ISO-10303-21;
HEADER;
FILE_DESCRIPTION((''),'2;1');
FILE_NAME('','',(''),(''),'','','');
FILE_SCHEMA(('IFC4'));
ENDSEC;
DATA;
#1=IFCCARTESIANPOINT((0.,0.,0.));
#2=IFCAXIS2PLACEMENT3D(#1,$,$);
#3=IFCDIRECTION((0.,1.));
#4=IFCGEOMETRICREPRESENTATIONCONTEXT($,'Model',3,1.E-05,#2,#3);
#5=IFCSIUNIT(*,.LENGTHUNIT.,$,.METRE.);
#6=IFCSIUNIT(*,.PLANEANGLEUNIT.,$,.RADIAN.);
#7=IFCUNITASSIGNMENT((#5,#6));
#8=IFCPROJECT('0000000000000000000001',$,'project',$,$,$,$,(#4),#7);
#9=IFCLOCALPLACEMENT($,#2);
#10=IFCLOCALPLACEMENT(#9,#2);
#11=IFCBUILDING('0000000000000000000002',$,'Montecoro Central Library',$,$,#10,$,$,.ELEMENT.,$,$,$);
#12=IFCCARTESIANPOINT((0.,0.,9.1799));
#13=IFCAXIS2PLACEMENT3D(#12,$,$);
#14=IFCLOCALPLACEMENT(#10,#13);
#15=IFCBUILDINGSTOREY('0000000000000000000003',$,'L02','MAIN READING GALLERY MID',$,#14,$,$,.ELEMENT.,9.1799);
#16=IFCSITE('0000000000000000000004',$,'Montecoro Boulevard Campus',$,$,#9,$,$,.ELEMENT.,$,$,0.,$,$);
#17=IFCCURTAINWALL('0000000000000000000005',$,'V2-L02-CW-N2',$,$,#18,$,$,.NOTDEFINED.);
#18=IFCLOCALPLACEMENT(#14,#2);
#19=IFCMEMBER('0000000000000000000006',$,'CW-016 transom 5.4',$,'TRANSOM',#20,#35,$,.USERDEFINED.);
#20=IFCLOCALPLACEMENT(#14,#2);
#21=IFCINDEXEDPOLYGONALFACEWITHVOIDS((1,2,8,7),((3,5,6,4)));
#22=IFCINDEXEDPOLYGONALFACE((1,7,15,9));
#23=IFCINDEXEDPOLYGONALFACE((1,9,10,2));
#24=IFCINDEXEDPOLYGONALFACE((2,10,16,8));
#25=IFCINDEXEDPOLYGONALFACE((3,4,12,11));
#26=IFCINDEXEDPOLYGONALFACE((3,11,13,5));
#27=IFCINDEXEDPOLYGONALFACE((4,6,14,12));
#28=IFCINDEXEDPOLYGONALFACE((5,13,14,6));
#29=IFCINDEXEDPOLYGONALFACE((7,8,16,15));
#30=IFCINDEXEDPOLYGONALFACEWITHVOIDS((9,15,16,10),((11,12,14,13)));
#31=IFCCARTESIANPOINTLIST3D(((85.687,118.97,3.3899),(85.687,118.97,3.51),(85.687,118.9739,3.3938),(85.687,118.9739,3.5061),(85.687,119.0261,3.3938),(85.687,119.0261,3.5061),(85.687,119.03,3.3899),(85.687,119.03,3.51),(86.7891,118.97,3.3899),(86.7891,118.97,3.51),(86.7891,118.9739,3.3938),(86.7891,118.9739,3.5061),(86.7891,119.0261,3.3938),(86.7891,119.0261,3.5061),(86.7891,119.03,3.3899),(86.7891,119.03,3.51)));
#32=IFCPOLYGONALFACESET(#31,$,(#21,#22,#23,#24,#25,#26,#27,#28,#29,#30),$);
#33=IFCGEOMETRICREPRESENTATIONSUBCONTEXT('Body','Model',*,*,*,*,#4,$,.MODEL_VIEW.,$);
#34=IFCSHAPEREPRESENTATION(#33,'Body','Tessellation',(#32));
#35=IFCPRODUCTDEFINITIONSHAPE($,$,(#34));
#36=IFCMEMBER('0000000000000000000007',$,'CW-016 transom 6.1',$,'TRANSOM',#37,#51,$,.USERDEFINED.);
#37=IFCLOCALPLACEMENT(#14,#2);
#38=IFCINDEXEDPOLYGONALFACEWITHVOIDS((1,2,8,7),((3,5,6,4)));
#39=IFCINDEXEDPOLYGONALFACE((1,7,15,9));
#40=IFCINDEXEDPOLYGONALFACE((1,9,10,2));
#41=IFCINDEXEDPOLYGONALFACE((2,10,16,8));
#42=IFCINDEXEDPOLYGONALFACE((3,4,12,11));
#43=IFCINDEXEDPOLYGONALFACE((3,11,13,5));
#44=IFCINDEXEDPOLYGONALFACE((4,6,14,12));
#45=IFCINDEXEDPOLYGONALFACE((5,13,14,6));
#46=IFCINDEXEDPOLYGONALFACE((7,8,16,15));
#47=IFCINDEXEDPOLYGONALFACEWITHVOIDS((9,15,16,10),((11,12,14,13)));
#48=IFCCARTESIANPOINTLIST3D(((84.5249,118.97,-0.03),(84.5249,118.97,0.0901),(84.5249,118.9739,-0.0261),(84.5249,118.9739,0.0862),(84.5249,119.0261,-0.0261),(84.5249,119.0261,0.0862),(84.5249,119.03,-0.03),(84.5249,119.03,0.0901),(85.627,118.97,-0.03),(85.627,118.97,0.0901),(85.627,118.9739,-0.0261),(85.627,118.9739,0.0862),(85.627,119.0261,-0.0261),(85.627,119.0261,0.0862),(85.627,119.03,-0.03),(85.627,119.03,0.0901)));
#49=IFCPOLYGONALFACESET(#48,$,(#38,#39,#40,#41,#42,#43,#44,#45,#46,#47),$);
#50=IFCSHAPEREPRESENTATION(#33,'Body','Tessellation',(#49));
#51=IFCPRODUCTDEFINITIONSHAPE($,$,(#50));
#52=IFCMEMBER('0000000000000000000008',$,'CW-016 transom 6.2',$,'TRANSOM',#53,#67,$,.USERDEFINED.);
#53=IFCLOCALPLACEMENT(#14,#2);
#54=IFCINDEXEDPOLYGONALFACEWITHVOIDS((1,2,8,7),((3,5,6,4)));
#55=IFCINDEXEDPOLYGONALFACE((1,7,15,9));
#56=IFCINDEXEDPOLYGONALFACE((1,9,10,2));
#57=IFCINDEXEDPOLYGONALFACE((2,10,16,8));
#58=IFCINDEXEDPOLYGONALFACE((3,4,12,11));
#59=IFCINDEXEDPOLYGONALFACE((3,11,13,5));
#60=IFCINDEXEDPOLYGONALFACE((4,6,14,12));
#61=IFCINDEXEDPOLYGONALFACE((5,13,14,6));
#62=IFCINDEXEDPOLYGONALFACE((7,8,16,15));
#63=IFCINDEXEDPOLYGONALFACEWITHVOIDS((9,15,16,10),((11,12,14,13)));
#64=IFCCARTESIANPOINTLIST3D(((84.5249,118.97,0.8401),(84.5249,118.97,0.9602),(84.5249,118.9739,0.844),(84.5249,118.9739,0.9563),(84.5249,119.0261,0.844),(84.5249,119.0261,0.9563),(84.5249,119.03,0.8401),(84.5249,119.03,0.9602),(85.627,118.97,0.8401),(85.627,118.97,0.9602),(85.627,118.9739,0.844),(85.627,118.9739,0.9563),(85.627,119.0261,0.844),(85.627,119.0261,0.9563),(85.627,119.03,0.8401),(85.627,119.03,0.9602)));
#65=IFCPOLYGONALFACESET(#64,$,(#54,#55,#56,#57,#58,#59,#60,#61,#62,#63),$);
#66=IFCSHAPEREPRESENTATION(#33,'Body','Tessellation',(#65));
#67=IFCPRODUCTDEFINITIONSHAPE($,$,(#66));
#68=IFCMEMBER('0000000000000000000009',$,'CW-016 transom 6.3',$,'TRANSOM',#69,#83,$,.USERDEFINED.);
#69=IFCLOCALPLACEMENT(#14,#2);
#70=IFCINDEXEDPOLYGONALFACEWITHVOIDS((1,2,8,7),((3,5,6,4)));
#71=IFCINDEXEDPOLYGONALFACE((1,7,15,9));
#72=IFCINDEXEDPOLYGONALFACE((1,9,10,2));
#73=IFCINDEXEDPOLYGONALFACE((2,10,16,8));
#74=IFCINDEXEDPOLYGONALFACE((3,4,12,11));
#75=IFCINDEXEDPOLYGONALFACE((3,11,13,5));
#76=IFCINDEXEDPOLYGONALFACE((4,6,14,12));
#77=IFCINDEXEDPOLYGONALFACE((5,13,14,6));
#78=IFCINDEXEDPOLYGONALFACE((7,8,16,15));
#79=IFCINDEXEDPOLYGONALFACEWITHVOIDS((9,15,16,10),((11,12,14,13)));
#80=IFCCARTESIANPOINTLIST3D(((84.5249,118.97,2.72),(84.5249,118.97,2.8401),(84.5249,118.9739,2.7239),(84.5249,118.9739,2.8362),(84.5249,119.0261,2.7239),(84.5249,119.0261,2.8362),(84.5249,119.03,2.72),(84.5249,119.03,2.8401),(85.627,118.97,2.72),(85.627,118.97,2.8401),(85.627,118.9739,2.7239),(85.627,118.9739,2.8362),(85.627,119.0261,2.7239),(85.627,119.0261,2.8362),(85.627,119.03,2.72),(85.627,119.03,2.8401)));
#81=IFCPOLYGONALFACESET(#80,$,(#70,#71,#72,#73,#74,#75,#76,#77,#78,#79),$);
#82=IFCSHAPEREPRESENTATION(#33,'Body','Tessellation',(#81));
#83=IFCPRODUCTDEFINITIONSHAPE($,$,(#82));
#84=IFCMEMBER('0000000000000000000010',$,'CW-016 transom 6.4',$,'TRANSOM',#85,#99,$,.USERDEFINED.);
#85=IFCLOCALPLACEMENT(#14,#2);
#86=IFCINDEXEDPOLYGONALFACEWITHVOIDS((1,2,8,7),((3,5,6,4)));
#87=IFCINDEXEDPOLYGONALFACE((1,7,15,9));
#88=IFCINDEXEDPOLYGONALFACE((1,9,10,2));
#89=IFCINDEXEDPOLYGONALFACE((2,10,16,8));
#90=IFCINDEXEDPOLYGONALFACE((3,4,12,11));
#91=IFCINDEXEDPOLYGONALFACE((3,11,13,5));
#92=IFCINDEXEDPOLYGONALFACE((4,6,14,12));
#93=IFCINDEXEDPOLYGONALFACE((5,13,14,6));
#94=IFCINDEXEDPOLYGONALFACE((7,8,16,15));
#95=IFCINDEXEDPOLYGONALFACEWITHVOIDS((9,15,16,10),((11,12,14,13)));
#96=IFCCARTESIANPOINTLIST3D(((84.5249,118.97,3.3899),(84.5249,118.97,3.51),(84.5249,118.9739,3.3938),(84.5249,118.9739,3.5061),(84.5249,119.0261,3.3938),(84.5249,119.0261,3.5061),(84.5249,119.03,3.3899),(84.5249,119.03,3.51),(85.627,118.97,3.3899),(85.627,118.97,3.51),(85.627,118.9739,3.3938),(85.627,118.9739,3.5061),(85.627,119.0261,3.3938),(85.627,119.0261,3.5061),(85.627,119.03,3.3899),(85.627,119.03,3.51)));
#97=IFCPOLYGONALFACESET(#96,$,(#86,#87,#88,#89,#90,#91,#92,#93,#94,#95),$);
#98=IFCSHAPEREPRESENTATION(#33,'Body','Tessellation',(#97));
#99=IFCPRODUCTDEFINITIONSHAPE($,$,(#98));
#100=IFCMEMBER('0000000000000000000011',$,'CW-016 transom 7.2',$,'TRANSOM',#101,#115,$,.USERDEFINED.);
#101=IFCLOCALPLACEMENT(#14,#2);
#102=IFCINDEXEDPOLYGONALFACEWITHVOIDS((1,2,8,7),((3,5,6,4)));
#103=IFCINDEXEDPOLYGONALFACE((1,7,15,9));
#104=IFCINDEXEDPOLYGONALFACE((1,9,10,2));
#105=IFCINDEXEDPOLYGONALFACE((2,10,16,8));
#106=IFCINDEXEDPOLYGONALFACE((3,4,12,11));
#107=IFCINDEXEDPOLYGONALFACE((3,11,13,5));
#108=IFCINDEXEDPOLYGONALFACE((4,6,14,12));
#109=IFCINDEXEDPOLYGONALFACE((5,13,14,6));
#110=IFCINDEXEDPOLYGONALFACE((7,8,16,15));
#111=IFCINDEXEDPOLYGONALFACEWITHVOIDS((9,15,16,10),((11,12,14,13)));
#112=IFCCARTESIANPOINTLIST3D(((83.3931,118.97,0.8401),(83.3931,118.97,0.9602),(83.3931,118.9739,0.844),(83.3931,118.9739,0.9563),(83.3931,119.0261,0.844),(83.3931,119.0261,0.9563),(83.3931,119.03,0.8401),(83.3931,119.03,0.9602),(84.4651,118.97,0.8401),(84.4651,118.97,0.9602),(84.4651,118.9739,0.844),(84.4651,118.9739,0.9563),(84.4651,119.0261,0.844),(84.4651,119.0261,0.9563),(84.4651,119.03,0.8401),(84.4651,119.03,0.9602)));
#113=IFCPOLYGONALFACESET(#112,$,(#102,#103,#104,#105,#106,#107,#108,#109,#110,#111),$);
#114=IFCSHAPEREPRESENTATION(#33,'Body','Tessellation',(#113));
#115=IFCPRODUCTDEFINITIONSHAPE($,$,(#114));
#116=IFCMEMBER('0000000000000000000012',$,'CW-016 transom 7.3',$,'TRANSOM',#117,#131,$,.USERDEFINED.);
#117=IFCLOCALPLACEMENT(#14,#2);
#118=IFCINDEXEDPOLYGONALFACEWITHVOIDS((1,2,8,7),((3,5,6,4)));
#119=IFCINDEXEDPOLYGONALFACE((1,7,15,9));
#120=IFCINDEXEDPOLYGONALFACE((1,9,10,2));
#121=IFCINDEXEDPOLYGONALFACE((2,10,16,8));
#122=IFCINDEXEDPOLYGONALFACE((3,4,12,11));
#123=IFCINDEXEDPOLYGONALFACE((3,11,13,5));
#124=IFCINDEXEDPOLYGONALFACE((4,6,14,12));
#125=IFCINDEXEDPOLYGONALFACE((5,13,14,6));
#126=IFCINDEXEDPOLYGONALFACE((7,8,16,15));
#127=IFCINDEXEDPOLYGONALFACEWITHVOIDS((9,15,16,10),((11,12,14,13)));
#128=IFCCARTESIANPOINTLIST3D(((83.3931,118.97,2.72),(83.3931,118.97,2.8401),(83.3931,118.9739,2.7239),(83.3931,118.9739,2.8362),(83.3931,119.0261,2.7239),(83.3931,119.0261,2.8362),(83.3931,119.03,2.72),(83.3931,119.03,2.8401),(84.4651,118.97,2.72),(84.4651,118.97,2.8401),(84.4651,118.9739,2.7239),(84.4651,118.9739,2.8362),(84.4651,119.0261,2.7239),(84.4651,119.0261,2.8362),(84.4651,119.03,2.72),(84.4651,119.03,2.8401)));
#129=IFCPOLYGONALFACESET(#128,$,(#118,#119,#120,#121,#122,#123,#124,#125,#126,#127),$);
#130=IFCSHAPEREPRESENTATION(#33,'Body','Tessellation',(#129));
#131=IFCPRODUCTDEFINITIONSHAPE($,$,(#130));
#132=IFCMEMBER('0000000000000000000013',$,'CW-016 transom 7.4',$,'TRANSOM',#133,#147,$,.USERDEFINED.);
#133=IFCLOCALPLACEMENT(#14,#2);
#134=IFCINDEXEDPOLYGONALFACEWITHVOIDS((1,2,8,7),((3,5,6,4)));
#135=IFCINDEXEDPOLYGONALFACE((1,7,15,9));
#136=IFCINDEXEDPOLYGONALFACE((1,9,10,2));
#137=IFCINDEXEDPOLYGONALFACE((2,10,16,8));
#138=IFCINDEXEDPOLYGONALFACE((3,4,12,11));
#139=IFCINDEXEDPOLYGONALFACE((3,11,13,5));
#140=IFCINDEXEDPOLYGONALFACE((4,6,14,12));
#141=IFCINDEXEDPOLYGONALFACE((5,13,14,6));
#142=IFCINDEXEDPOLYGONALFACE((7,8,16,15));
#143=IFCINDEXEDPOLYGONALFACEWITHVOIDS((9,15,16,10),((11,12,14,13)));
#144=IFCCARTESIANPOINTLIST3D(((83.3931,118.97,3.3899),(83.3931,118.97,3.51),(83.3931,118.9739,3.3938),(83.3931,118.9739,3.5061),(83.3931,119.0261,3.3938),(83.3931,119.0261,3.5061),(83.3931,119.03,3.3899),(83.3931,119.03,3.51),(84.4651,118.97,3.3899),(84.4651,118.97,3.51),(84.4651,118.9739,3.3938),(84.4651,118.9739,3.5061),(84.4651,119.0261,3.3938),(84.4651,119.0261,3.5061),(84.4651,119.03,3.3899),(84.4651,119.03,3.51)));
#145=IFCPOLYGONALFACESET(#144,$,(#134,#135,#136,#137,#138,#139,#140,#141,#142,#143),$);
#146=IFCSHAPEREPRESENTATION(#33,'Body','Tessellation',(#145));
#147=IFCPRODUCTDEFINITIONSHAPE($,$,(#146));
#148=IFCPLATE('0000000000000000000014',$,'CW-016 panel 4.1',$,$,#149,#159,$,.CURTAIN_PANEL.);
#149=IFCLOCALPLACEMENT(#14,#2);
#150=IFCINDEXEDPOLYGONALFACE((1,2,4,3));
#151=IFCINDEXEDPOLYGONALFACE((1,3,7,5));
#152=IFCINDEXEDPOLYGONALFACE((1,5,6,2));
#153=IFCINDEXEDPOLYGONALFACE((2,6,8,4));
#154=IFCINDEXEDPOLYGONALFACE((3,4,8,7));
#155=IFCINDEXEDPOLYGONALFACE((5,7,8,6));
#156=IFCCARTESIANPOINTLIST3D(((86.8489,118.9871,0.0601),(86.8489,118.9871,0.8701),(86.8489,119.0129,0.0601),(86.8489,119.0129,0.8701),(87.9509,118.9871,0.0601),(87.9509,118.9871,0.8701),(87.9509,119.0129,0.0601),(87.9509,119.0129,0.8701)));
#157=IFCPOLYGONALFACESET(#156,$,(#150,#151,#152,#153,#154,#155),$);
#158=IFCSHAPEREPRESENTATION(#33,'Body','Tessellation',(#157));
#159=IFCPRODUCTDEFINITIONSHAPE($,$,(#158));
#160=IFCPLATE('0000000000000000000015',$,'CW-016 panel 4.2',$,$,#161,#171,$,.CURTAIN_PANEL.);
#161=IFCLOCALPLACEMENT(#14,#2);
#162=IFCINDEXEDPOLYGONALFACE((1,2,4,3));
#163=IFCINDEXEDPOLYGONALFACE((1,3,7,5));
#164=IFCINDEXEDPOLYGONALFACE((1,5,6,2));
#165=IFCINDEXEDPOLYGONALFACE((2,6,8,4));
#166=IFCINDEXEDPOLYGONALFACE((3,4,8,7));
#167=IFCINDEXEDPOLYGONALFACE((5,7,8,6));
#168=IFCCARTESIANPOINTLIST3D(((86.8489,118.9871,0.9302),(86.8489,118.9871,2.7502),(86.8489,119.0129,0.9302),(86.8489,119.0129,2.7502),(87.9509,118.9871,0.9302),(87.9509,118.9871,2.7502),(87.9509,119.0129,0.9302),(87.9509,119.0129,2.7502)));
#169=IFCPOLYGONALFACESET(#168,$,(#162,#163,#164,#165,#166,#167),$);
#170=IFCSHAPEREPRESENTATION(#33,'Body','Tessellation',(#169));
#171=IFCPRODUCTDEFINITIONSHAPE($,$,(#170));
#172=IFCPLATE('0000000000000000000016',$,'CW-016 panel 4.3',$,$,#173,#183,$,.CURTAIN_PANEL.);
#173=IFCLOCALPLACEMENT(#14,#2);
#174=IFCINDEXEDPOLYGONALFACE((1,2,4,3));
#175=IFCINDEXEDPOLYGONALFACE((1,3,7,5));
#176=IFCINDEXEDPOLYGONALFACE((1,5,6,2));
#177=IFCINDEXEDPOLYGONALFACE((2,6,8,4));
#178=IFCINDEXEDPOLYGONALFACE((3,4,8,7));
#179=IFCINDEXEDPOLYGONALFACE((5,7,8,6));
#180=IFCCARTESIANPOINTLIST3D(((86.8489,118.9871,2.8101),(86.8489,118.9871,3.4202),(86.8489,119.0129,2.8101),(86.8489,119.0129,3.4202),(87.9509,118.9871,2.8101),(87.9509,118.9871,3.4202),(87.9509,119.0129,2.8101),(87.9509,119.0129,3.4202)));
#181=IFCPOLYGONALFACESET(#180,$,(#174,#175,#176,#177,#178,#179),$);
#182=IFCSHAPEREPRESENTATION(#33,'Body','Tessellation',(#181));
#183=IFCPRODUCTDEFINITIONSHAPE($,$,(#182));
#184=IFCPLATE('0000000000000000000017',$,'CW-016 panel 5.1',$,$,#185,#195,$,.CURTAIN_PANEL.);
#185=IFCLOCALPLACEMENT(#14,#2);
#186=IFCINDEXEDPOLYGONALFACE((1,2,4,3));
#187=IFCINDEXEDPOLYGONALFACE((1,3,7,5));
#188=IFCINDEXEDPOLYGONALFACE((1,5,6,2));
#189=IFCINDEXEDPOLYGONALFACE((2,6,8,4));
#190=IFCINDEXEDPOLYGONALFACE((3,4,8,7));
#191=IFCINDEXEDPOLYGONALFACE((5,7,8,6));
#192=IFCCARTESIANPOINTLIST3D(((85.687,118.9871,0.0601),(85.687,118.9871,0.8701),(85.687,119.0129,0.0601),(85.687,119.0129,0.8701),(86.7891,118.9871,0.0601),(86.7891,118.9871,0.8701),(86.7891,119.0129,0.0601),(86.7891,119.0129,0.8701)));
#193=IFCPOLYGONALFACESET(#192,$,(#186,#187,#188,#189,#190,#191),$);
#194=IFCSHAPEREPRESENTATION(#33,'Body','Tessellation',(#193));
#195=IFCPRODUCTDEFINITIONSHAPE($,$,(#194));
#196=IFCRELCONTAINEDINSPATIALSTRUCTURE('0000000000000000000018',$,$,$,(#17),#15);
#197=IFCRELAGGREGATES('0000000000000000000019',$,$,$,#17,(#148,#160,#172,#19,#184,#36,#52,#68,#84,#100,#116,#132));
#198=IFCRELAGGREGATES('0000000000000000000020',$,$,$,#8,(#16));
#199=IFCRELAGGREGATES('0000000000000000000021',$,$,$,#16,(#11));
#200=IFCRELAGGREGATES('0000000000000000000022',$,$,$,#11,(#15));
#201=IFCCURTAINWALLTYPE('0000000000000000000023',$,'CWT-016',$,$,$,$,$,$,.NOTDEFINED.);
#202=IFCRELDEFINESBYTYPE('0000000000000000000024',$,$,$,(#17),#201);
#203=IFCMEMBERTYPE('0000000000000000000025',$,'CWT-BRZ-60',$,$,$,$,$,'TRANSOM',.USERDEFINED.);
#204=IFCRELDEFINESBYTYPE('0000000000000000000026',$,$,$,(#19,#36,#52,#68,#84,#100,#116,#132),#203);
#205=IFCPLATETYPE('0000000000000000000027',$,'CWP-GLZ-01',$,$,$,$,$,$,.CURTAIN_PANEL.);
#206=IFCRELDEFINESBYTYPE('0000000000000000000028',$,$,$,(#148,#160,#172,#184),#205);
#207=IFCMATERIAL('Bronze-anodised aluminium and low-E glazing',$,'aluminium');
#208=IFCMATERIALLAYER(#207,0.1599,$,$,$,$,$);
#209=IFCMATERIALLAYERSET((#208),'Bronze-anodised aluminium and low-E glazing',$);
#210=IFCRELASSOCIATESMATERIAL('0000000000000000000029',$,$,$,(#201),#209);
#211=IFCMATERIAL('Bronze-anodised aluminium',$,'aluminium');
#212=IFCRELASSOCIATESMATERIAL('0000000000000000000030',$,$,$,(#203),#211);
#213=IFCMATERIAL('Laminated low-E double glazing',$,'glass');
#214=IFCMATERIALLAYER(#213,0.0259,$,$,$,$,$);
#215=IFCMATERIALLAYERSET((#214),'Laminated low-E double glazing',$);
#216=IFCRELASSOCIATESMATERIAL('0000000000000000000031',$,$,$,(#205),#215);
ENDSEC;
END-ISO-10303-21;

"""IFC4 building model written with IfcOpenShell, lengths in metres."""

from ifc_helpers import new_model, si_unit, direction, frame, origin, origin_2d, place, context, subcontext, project, spatial, rectangle, hollow_rectangle, extrude, material, layer, layer_set, material_profile, profile_set, type_object, element, aggregate, save


model = new_model("IFC4")

# Units and contexts
model_context = context("Model", 3, precision=1e-05, world=origin(), true_north=direction((0.0, 1.0)))
body_context = subcontext(model_context, "Body", "Model", "MODEL_VIEW")
ifc_project = project(units=[si_unit("LENGTHUNIT", "METRE"), si_unit("PLANEANGLEUNIT", "RADIAN")], contexts=[model_context])

# Site, building, storey
site_placement = place(None, origin())
site = spatial("IfcSite", under=ifc_project, at=site_placement, Name="Montecoro Boulevard Campus", CompositionType="ELEMENT", RefElevation=0.0)
building_placement = place(site_placement, origin())
building = spatial("IfcBuilding", under=site, at=building_placement, Name="Montecoro Central Library", CompositionType="ELEMENT")
storey_placement = place(building_placement, frame((0.0, 0.0, 9.1799)))
storey = spatial("IfcBuildingStorey", under=building, at=storey_placement, Name="L02", Description="MAIN READING GALLERY MID", CompositionType="ELEMENT", Elevation=9.1799)

# Curtain wall, members, plates
ifc_material_1 = material(Name="Bronze-anodised aluminium and low-E glazing", Category="aluminium")
ifc_layer_1 = layer(ifc_material_1, 0.1599)
ifc_layer_set_1 = layer_set([ifc_layer_1], Name="Bronze-anodised aluminium and low-E glazing")
curtain_wall_type = type_object("IfcCurtainWallType", Name="CWT-016", PredefinedType="NOTDEFINED", material=ifc_layer_set_1)
curtain_wall_placement = place(storey_placement, origin())
curtain_wall = element("IfcCurtainWall", 1, at=curtain_wall_placement, inside=storey, type_object=curtain_wall_type, Name="V2-L02-CW-N2", PredefinedType="NOTDEFINED")
ifc_material_2 = material(Name="Bronze-anodised aluminium", Category="aluminium")
ifc_material_profile_1 = material_profile(ifc_material_2, hollow_rectangle(XDim=0.0601, YDim=0.1201, WallThickness=0.0039, at=origin_2d()), Name="CWT 120x60x4.0")
ifc_profile_set_1 = profile_set([ifc_material_profile_1], Name="Bronze-anodised aluminium")
member_type_1 = type_object("IfcMemberType", Name="CWT-BRZ-60", ElementType="TRANSOM", PredefinedType="USERDEFINED", material=ifc_profile_set_1)
member_1_placement = place(storey_placement, frame((86.7891, 119.0, 3.45), z_axis=(-1.0, 0.0, 0.0), x_axis=(0.0, -1.0, 0.0)))
member_1 = element("IfcMember", 2, at=member_1_placement, type_object=member_type_1, Name="CW-016 transom 5.4", ObjectType="TRANSOM", PredefinedType="USERDEFINED", context=body_context, shape_type="SweptSolid", body=[
    extrude(hollow_rectangle(XDim=0.0601, YDim=0.1201, WallThickness=0.0039, at=origin_2d()), origin(), (0.0, 0.0, 1.0), 1.1021),
])
member_2_placement = place(storey_placement, frame((85.627, 119.0, 0.03), z_axis=(-1.0, 0.0, 0.0), x_axis=(0.0, -1.0, 0.0)))
member_2 = element("IfcMember", 3, at=member_2_placement, type_object=member_type_1, Name="CW-016 transom 6.1", ObjectType="TRANSOM", PredefinedType="USERDEFINED", context=body_context, shape_type="SweptSolid", body=[
    extrude(hollow_rectangle(XDim=0.0601, YDim=0.1201, WallThickness=0.0039, at=origin_2d()), origin(), (0.0, 0.0, 1.0), 1.1021),
])
member_3_placement = place(storey_placement, frame((85.627, 119.0, 0.9001), z_axis=(-1.0, 0.0, 0.0), x_axis=(0.0, -1.0, 0.0)))
member_3 = element("IfcMember", 4, at=member_3_placement, type_object=member_type_1, Name="CW-016 transom 6.2", ObjectType="TRANSOM", PredefinedType="USERDEFINED", context=body_context, shape_type="SweptSolid", body=[
    extrude(hollow_rectangle(XDim=0.0601, YDim=0.1201, WallThickness=0.0039, at=origin_2d()), origin(), (0.0, 0.0, 1.0), 1.1021),
])
member_4_placement = place(storey_placement, frame((85.627, 119.0, 2.78), z_axis=(-1.0, 0.0, 0.0), x_axis=(0.0, -1.0, 0.0)))
member_4 = element("IfcMember", 5, at=member_4_placement, type_object=member_type_1, Name="CW-016 transom 6.3", ObjectType="TRANSOM", PredefinedType="USERDEFINED", context=body_context, shape_type="SweptSolid", body=[
    extrude(hollow_rectangle(XDim=0.0601, YDim=0.1201, WallThickness=0.0039, at=origin_2d()), origin(), (0.0, 0.0, 1.0), 1.1021),
])
member_5_placement = place(storey_placement, frame((85.627, 119.0, 3.45), z_axis=(-1.0, 0.0, 0.0), x_axis=(0.0, -1.0, 0.0)))
member_5 = element("IfcMember", 6, at=member_5_placement, type_object=member_type_1, Name="CW-016 transom 6.4", ObjectType="TRANSOM", PredefinedType="USERDEFINED", context=body_context, shape_type="SweptSolid", body=[
    extrude(hollow_rectangle(XDim=0.0601, YDim=0.1201, WallThickness=0.0039, at=origin_2d()), origin(), (0.0, 0.0, 1.0), 1.1021),
])
member_6_placement = place(storey_placement, frame((84.4651, 119.0, 0.9001), z_axis=(-1.0, 0.0, 0.0), x_axis=(0.0, -1.0, 0.0)))
member_6 = element("IfcMember", 7, at=member_6_placement, type_object=member_type_1, Name="CW-016 transom 7.2", ObjectType="TRANSOM", PredefinedType="USERDEFINED", context=body_context, shape_type="SweptSolid", body=[
    extrude(hollow_rectangle(XDim=0.0601, YDim=0.1201, WallThickness=0.0039, at=origin_2d()), origin(), (0.0, 0.0, 1.0), 1.072),
])
member_7_placement = place(storey_placement, frame((84.4651, 119.0, 2.78), z_axis=(-1.0, 0.0, 0.0), x_axis=(0.0, -1.0, 0.0)))
member_7 = element("IfcMember", 8, at=member_7_placement, type_object=member_type_1, Name="CW-016 transom 7.3", ObjectType="TRANSOM", PredefinedType="USERDEFINED", context=body_context, shape_type="SweptSolid", body=[
    extrude(hollow_rectangle(XDim=0.0601, YDim=0.1201, WallThickness=0.0039, at=origin_2d()), origin(), (0.0, 0.0, 1.0), 1.072),
])
member_8_placement = place(storey_placement, frame((84.4651, 119.0, 3.45), z_axis=(-1.0, 0.0, 0.0), x_axis=(0.0, -1.0, 0.0)))
member_8 = element("IfcMember", 9, at=member_8_placement, type_object=member_type_1, Name="CW-016 transom 7.4", ObjectType="TRANSOM", PredefinedType="USERDEFINED", context=body_context, shape_type="SweptSolid", body=[
    extrude(hollow_rectangle(XDim=0.0601, YDim=0.1201, WallThickness=0.0039, at=origin_2d()), origin(), (0.0, 0.0, 1.0), 1.072),
])
ifc_material_3 = material(Name="Laminated low-E double glazing", Category="glass")
ifc_layer_2 = layer(ifc_material_3, 0.0259)
ifc_layer_set_2 = layer_set([ifc_layer_2], Name="Laminated low-E double glazing")
plate_type = type_object("IfcPlateType", Name="CWP-GLZ-01", PredefinedType="CURTAIN_PANEL", material=ifc_layer_set_2)
plate_1_placement = place(storey_placement, frame((87.3999, 119.0, 0.0601), z_axis=(0.0, 0.0, 1.0), x_axis=(-1.0, 0.0, 0.0)))
plate_1 = element("IfcPlate", 10, at=plate_1_placement, type_object=plate_type, Name="CW-016 panel 4.1", PredefinedType="CURTAIN_PANEL", context=body_context, shape_type="SweptSolid", body=[
    extrude(rectangle(XDim=1.1021, YDim=0.0259, at=origin_2d()), origin(), (0.0, 0.0, 1.0), 0.8101),
])
plate_2_placement = place(storey_placement, frame((87.3999, 119.0, 0.9302), z_axis=(0.0, 0.0, 1.0), x_axis=(-1.0, 0.0, 0.0)))
plate_2 = element("IfcPlate", 11, at=plate_2_placement, type_object=plate_type, Name="CW-016 panel 4.2", PredefinedType="CURTAIN_PANEL", context=body_context, shape_type="SweptSolid", body=[
    extrude(rectangle(XDim=1.1021, YDim=0.0259, at=origin_2d()), origin(), (0.0, 0.0, 1.0), 1.8201),
])
plate_3_placement = place(storey_placement, frame((87.3999, 119.0, 2.8101), z_axis=(0.0, 0.0, 1.0), x_axis=(-1.0, 0.0, 0.0)))
plate_3 = element("IfcPlate", 12, at=plate_3_placement, type_object=plate_type, Name="CW-016 panel 4.3", PredefinedType="CURTAIN_PANEL", context=body_context, shape_type="SweptSolid", body=[
    extrude(rectangle(XDim=1.1021, YDim=0.0259, at=origin_2d()), origin(), (0.0, 0.0, 1.0), 0.6101),
])
plate_4_placement = place(storey_placement, frame((86.238, 119.0, 0.0601), z_axis=(0.0, 0.0, 1.0), x_axis=(-1.0, 0.0, 0.0)))
plate_4 = element("IfcPlate", 13, at=plate_4_placement, type_object=plate_type, Name="CW-016 panel 5.1", PredefinedType="CURTAIN_PANEL", context=body_context, shape_type="SweptSolid", body=[
    extrude(rectangle(XDim=1.1021, YDim=0.0259, at=origin_2d()), origin(), (0.0, 0.0, 1.0), 0.8101),
])
aggregate(curtain_wall, [plate_1, plate_2, plate_3, member_1, plate_4, member_2, member_3, member_4, member_5, member_6, member_7, member_8])

save(model, "model.ifc")
